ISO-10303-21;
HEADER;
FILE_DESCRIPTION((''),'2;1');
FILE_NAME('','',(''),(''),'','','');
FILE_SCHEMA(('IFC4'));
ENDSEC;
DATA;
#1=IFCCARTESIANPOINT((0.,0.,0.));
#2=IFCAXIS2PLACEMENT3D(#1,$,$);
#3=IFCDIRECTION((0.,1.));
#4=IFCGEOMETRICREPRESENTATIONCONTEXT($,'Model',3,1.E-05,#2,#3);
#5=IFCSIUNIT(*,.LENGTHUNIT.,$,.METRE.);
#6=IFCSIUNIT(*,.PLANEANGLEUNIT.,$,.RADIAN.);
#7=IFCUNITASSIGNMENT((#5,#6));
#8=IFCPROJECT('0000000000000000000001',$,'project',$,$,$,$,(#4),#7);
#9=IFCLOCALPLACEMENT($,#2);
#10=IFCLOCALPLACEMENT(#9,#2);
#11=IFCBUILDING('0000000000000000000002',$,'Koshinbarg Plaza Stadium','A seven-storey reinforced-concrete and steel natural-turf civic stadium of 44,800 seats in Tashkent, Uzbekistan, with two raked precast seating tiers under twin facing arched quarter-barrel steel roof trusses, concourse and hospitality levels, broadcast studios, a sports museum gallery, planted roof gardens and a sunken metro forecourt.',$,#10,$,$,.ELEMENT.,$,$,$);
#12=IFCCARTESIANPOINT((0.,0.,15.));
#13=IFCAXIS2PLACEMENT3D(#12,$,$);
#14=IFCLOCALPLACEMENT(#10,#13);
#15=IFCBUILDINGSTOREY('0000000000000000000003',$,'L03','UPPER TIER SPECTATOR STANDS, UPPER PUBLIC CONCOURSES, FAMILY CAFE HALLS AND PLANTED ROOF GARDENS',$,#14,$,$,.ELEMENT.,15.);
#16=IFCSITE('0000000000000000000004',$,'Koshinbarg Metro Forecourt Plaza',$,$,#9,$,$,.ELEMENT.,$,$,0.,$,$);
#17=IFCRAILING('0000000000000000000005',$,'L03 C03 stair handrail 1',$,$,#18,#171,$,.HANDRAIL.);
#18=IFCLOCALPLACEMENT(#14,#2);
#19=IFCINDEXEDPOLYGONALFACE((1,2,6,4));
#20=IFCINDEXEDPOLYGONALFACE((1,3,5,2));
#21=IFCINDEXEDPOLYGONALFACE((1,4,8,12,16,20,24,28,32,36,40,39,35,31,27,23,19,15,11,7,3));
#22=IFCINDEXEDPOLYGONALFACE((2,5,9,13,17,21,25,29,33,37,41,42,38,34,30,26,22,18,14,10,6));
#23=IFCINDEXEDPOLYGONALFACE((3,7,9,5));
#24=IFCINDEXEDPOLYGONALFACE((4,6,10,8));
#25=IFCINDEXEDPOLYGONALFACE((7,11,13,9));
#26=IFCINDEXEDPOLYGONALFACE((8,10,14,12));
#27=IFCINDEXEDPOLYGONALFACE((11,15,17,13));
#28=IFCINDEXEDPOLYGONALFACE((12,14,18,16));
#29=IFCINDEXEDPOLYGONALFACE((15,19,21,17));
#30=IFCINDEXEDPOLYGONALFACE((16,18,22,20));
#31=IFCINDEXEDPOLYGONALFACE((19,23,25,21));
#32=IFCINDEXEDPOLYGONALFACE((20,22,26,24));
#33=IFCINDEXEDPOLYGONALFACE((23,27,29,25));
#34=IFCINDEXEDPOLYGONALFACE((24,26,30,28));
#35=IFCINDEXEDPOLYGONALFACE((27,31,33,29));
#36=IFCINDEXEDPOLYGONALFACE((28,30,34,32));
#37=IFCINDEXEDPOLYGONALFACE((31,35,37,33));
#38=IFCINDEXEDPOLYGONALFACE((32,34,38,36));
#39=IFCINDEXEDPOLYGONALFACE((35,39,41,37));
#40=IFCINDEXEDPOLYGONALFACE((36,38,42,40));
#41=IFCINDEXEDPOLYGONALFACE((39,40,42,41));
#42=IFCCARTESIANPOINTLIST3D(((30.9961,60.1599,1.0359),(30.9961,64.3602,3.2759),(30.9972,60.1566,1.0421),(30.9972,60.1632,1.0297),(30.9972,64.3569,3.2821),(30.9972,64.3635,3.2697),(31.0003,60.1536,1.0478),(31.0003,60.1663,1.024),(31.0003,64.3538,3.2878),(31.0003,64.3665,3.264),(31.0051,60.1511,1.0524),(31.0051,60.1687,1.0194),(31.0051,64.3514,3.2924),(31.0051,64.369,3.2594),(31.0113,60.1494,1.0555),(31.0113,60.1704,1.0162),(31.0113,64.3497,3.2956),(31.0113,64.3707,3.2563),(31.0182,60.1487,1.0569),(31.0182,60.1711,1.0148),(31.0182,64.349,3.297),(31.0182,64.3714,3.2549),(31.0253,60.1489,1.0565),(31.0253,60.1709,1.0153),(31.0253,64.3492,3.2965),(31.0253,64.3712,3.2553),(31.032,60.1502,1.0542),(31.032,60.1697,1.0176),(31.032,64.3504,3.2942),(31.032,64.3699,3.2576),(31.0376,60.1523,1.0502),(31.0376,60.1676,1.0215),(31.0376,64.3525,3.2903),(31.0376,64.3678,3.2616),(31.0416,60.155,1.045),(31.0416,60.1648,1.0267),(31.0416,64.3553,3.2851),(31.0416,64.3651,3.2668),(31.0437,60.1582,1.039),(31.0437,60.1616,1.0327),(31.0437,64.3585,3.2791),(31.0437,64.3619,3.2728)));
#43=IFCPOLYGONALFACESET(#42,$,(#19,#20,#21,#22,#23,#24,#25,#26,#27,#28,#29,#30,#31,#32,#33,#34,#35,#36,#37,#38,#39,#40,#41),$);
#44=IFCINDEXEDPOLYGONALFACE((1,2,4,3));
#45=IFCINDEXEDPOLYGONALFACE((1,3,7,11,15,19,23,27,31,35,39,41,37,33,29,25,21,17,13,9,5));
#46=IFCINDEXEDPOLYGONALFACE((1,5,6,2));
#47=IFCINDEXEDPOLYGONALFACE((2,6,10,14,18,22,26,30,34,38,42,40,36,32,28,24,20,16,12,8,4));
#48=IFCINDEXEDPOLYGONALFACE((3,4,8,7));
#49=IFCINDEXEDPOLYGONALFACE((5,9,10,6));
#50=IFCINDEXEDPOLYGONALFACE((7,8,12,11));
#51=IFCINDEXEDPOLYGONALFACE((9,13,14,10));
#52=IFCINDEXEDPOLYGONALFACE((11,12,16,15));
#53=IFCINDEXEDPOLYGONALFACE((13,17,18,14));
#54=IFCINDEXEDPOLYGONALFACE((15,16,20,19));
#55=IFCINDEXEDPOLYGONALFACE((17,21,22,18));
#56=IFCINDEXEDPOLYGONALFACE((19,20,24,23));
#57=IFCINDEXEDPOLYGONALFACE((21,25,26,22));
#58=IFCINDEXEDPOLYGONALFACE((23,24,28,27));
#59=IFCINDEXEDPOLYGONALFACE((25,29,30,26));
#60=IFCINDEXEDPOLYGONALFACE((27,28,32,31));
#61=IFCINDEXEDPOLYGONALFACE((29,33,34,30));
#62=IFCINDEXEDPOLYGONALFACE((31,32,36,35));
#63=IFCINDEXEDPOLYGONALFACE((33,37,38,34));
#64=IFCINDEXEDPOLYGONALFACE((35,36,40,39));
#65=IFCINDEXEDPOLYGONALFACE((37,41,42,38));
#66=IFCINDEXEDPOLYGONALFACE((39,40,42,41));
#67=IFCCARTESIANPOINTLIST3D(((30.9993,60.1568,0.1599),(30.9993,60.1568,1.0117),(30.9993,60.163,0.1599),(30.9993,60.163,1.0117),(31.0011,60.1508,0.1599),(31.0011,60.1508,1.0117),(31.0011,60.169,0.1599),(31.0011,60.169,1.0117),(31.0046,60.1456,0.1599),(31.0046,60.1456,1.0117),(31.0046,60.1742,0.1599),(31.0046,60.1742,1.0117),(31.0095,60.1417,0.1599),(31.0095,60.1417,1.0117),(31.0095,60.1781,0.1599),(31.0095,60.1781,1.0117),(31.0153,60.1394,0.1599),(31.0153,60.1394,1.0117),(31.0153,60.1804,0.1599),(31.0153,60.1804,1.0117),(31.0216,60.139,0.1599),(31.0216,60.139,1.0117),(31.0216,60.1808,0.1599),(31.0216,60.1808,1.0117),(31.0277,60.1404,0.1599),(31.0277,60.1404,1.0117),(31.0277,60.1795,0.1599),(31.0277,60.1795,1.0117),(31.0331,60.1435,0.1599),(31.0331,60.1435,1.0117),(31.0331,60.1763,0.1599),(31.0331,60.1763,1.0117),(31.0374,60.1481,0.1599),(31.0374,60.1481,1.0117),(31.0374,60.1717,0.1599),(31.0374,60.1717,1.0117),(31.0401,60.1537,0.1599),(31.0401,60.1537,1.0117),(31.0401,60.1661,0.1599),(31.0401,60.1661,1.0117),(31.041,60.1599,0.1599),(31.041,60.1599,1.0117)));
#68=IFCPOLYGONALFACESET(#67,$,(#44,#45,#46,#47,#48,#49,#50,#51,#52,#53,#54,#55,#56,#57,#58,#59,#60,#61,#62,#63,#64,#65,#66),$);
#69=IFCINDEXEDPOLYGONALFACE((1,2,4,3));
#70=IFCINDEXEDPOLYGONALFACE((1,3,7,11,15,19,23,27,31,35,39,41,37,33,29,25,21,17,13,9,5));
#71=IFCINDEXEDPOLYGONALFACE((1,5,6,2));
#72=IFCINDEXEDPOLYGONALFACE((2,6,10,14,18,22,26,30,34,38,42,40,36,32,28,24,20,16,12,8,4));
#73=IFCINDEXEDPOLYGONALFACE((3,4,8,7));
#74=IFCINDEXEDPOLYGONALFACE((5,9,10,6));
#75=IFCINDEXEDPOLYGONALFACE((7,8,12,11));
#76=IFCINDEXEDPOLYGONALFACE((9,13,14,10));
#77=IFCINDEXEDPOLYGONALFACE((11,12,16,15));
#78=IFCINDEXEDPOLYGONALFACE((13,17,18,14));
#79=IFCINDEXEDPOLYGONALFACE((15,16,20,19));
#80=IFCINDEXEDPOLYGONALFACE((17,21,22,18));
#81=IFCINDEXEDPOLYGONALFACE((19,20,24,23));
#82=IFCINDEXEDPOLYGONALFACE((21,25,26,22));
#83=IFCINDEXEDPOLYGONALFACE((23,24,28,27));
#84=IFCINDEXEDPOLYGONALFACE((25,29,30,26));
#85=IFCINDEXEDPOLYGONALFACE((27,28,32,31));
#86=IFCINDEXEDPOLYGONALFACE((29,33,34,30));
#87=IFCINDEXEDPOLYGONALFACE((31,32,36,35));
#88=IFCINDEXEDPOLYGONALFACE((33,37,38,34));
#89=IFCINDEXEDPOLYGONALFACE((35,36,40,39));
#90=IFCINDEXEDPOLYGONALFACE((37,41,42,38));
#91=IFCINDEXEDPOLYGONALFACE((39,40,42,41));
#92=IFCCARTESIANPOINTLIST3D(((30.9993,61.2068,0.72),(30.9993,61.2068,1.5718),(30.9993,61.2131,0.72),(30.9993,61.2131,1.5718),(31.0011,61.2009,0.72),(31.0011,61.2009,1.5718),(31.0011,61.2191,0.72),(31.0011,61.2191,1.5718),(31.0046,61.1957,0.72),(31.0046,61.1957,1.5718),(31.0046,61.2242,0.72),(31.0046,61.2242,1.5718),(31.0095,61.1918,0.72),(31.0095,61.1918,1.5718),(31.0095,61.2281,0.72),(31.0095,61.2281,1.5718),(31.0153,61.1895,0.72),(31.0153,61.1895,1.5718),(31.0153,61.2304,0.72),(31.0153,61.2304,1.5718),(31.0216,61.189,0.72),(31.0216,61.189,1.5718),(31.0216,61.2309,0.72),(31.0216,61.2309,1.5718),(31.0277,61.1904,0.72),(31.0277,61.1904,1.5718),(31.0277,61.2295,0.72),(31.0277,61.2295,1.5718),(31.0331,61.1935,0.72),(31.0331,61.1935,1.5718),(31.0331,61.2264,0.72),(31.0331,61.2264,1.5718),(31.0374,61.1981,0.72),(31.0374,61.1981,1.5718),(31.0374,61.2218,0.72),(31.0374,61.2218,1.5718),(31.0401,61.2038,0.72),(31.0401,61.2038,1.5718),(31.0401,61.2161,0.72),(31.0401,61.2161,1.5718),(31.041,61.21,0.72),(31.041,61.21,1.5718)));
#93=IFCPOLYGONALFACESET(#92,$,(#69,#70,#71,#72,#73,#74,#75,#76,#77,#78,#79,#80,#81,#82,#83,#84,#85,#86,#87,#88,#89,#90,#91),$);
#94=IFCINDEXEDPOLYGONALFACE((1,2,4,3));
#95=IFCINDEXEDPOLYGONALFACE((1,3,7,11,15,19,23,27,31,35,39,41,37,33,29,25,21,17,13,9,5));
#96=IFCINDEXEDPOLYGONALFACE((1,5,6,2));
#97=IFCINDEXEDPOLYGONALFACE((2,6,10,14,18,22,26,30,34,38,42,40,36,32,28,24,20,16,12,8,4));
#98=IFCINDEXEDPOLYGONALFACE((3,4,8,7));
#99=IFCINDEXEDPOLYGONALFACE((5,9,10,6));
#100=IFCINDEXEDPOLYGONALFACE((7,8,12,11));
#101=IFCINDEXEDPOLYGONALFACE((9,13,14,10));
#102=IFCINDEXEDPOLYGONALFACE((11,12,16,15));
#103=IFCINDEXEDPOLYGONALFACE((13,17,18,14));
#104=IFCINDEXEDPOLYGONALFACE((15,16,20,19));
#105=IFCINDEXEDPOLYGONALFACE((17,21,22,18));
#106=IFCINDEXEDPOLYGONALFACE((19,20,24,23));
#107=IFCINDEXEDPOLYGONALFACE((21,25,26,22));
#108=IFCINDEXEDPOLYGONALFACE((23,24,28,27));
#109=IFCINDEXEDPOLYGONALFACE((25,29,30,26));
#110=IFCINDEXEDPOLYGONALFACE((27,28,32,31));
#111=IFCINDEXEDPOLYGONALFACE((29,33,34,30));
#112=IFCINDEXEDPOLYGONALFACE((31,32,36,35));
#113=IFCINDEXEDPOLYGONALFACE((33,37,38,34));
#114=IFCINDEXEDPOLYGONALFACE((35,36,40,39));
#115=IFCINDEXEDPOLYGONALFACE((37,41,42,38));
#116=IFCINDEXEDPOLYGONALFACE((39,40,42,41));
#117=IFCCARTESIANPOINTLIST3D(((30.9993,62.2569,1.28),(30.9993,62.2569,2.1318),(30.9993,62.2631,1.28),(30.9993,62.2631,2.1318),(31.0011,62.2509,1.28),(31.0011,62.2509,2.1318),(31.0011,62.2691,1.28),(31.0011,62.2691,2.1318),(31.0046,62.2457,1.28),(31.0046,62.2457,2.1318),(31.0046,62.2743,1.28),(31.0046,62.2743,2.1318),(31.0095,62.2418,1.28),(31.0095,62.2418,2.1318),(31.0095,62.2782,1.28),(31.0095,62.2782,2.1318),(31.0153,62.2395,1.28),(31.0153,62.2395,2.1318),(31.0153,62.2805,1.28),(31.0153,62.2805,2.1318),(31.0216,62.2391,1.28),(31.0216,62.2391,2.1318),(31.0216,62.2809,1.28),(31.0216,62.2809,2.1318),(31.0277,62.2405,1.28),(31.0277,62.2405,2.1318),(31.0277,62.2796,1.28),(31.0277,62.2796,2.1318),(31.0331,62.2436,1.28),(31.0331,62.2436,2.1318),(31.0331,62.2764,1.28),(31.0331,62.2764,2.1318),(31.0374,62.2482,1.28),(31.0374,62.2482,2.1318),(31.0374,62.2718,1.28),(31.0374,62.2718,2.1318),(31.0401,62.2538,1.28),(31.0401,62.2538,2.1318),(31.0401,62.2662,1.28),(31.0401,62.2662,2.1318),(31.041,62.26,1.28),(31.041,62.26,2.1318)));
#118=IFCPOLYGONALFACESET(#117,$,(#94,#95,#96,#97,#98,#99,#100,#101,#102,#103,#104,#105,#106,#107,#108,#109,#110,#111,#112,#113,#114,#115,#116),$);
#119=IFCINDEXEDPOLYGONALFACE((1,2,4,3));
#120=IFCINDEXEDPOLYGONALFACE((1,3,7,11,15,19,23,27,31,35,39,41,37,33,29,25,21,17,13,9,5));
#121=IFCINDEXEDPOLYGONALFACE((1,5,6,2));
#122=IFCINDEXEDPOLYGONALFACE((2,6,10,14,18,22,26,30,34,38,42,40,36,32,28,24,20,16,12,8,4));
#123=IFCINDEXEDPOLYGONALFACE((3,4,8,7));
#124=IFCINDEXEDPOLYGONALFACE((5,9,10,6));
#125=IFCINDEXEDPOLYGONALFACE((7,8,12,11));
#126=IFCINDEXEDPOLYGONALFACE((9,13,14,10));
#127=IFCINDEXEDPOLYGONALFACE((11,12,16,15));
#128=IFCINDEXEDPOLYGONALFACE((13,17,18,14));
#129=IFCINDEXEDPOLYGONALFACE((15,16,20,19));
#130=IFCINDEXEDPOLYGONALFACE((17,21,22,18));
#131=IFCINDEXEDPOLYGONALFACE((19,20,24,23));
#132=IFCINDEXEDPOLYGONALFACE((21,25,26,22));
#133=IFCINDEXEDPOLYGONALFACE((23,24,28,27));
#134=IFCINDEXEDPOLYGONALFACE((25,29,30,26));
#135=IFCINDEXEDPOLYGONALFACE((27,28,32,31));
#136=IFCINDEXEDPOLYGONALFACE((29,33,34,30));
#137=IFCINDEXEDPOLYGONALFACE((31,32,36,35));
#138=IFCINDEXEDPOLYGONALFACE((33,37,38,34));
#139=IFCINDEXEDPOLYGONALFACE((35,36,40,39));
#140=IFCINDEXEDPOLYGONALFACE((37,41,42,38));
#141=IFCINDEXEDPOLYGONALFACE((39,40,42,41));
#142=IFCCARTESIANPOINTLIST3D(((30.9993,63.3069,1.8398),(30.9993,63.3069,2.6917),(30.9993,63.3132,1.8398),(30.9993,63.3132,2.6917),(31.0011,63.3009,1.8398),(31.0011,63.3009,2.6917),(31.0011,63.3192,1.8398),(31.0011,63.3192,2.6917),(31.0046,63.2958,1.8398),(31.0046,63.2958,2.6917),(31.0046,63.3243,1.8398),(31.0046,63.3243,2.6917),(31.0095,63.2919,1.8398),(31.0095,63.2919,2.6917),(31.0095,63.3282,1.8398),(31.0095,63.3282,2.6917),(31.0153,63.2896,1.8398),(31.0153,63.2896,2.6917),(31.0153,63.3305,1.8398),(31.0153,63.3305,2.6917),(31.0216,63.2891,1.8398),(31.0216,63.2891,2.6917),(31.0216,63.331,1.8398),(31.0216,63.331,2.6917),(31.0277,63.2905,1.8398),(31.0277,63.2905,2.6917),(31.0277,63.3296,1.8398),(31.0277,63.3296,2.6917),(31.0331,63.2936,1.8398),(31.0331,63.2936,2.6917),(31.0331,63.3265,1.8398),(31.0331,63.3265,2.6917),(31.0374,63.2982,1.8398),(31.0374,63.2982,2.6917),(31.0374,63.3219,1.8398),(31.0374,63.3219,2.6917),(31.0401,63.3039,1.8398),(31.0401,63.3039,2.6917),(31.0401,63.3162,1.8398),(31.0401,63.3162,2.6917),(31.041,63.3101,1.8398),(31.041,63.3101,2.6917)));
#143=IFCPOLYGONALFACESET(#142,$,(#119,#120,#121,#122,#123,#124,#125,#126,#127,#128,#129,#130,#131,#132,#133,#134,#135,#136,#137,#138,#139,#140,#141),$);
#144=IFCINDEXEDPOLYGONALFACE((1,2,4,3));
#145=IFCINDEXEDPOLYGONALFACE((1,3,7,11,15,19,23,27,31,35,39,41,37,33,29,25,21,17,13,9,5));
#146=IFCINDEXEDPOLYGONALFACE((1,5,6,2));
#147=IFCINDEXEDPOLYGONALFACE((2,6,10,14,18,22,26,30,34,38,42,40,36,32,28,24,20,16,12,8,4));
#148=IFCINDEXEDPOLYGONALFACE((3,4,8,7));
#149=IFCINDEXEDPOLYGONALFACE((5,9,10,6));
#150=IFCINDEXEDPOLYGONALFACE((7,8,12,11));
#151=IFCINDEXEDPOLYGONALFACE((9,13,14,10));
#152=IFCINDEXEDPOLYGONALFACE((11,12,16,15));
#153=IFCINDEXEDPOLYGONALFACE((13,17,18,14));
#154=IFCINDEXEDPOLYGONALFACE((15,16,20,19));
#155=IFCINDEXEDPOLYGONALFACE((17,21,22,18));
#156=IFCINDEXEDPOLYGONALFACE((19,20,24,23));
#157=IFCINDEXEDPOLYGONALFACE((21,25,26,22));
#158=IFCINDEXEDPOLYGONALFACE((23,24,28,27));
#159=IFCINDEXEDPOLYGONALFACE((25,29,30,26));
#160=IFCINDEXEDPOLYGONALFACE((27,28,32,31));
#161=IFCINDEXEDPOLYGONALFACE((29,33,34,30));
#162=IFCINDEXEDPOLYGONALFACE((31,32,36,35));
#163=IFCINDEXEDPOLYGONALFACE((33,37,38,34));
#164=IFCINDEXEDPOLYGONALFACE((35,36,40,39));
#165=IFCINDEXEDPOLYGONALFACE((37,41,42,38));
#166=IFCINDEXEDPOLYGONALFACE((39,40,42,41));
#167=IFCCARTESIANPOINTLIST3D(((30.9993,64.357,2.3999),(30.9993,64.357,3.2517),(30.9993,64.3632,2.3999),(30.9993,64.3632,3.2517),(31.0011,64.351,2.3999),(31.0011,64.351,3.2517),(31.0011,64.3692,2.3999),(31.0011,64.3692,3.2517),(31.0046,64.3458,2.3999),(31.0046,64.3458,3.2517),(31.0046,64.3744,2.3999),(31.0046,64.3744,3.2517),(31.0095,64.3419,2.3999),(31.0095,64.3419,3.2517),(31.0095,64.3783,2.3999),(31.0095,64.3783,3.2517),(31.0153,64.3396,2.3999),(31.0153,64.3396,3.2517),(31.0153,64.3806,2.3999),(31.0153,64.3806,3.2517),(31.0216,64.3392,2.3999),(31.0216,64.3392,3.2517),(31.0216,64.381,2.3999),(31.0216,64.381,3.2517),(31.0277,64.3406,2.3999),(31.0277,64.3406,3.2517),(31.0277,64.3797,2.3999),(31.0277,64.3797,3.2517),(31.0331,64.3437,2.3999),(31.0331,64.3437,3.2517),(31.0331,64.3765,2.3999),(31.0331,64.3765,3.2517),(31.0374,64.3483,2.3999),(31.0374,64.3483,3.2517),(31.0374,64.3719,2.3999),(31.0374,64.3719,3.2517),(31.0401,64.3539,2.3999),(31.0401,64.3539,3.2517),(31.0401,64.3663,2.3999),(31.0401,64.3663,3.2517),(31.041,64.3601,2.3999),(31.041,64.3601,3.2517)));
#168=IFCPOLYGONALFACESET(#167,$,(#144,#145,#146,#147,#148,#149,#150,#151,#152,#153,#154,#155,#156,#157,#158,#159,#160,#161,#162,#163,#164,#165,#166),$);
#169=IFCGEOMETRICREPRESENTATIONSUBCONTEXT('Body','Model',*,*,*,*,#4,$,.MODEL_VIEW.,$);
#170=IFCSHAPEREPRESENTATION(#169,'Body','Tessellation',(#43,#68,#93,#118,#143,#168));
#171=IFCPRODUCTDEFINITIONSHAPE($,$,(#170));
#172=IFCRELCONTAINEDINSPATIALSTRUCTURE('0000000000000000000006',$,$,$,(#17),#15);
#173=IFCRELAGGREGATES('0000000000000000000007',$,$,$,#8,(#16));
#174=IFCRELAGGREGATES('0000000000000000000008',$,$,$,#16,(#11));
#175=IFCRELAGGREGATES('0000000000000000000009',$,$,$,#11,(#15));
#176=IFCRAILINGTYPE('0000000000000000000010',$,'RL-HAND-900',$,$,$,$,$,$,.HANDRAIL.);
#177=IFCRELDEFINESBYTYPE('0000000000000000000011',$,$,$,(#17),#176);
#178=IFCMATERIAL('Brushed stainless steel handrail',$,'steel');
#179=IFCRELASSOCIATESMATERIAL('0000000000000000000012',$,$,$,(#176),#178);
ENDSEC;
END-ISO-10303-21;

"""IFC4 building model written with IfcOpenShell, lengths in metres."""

from ifc_helpers import new_model, si_unit, direction, frame, origin, origin_2d, place, context, subcontext, project, spatial, circle, extrude, material, type_object, element, save


model = new_model("IFC4")

# Units and contexts
model_context = context("Model", 3, precision=1e-05, world=origin(), true_north=direction((0.0, 1.0)))
body_context = subcontext(model_context, "Body", "Model", "MODEL_VIEW")
ifc_project = project(units=[si_unit("LENGTHUNIT", "METRE"), si_unit("PLANEANGLEUNIT", "RADIAN")], contexts=[model_context])

# Site, building, storey
site_placement = place(None, origin())
site = spatial("IfcSite", under=ifc_project, at=site_placement, Name="Koshinbarg Metro Forecourt Plaza", CompositionType="ELEMENT", RefElevation=0.0)
building_placement = place(site_placement, origin())
building = spatial("IfcBuilding", under=site, at=building_placement, Name="Koshinbarg Plaza Stadium", Description="A seven-storey reinforced-concrete and steel natural-turf civic stadium of 44,800 seats in Tashkent, Uzbekistan, with two raked precast seating tiers under twin facing arched quarter-barrel steel roof trusses, concourse and hospitality levels, broadcast studios, a sports museum gallery, planted roof gardens and a sunken metro forecourt.", CompositionType="ELEMENT")
storey_placement = place(building_placement, frame((0.0, 0.0, 15.0)))
storey = spatial("IfcBuildingStorey", under=building, at=storey_placement, Name="L03", Description="UPPER TIER SPECTATOR STANDS, UPPER PUBLIC CONCOURSES, FAMILY CAFE HALLS AND PLANTED ROOF GARDENS", CompositionType="ELEMENT", Elevation=15.0)

# Railing
ifc_material_1 = material(Name="Brushed stainless steel handrail", Category="steel")
railing_type_1 = type_object("IfcRailingType", Name="RL-HAND-900", PredefinedType="HANDRAIL", material=ifc_material_1)
for number, where, name in (
    (1, (31.02, 60.1599, 0.1599), "L03 C03 stair handrail 1"),
):
    element("IfcRailing", number, at=place(storey_placement, frame(where)), inside=storey, type_object=railing_type_1, Name=name, PredefinedType="HANDRAIL", context=body_context, shape_type="SweptSolid", body=[
        extrude(circle(Radius=0.0239, at=origin_2d()), frame((0.0, 0.0, 0.876), z_axis=(0.0, 0.882363, 0.47057), x_axis=(-1.0, 0.0, 0.0)), (0.0, 0.0, 1.0), 4.7603),
        extrude(circle(Radius=0.021, at=origin_2d()), origin(), (0.0, 0.0, 1.0), 0.8518),
        extrude(circle(Radius=0.021, at=origin_2d()), frame((0.0, 1.05, 0.5601)), (0.0, 0.0, 1.0), 0.8518),
        extrude(circle(Radius=0.021, at=origin_2d()), frame((0.0, 2.1001, 1.1201)), (0.0, 0.0, 1.0), 0.8518),
        extrude(circle(Radius=0.021, at=origin_2d()), frame((0.0, 3.1501, 1.6799)), (0.0, 0.0, 1.0), 0.8518),
        extrude(circle(Radius=0.021, at=origin_2d()), frame((0.0, 4.2002, 2.24)), (0.0, 0.0, 1.0), 0.8518),
    ])

save(model, "model.ifc")
